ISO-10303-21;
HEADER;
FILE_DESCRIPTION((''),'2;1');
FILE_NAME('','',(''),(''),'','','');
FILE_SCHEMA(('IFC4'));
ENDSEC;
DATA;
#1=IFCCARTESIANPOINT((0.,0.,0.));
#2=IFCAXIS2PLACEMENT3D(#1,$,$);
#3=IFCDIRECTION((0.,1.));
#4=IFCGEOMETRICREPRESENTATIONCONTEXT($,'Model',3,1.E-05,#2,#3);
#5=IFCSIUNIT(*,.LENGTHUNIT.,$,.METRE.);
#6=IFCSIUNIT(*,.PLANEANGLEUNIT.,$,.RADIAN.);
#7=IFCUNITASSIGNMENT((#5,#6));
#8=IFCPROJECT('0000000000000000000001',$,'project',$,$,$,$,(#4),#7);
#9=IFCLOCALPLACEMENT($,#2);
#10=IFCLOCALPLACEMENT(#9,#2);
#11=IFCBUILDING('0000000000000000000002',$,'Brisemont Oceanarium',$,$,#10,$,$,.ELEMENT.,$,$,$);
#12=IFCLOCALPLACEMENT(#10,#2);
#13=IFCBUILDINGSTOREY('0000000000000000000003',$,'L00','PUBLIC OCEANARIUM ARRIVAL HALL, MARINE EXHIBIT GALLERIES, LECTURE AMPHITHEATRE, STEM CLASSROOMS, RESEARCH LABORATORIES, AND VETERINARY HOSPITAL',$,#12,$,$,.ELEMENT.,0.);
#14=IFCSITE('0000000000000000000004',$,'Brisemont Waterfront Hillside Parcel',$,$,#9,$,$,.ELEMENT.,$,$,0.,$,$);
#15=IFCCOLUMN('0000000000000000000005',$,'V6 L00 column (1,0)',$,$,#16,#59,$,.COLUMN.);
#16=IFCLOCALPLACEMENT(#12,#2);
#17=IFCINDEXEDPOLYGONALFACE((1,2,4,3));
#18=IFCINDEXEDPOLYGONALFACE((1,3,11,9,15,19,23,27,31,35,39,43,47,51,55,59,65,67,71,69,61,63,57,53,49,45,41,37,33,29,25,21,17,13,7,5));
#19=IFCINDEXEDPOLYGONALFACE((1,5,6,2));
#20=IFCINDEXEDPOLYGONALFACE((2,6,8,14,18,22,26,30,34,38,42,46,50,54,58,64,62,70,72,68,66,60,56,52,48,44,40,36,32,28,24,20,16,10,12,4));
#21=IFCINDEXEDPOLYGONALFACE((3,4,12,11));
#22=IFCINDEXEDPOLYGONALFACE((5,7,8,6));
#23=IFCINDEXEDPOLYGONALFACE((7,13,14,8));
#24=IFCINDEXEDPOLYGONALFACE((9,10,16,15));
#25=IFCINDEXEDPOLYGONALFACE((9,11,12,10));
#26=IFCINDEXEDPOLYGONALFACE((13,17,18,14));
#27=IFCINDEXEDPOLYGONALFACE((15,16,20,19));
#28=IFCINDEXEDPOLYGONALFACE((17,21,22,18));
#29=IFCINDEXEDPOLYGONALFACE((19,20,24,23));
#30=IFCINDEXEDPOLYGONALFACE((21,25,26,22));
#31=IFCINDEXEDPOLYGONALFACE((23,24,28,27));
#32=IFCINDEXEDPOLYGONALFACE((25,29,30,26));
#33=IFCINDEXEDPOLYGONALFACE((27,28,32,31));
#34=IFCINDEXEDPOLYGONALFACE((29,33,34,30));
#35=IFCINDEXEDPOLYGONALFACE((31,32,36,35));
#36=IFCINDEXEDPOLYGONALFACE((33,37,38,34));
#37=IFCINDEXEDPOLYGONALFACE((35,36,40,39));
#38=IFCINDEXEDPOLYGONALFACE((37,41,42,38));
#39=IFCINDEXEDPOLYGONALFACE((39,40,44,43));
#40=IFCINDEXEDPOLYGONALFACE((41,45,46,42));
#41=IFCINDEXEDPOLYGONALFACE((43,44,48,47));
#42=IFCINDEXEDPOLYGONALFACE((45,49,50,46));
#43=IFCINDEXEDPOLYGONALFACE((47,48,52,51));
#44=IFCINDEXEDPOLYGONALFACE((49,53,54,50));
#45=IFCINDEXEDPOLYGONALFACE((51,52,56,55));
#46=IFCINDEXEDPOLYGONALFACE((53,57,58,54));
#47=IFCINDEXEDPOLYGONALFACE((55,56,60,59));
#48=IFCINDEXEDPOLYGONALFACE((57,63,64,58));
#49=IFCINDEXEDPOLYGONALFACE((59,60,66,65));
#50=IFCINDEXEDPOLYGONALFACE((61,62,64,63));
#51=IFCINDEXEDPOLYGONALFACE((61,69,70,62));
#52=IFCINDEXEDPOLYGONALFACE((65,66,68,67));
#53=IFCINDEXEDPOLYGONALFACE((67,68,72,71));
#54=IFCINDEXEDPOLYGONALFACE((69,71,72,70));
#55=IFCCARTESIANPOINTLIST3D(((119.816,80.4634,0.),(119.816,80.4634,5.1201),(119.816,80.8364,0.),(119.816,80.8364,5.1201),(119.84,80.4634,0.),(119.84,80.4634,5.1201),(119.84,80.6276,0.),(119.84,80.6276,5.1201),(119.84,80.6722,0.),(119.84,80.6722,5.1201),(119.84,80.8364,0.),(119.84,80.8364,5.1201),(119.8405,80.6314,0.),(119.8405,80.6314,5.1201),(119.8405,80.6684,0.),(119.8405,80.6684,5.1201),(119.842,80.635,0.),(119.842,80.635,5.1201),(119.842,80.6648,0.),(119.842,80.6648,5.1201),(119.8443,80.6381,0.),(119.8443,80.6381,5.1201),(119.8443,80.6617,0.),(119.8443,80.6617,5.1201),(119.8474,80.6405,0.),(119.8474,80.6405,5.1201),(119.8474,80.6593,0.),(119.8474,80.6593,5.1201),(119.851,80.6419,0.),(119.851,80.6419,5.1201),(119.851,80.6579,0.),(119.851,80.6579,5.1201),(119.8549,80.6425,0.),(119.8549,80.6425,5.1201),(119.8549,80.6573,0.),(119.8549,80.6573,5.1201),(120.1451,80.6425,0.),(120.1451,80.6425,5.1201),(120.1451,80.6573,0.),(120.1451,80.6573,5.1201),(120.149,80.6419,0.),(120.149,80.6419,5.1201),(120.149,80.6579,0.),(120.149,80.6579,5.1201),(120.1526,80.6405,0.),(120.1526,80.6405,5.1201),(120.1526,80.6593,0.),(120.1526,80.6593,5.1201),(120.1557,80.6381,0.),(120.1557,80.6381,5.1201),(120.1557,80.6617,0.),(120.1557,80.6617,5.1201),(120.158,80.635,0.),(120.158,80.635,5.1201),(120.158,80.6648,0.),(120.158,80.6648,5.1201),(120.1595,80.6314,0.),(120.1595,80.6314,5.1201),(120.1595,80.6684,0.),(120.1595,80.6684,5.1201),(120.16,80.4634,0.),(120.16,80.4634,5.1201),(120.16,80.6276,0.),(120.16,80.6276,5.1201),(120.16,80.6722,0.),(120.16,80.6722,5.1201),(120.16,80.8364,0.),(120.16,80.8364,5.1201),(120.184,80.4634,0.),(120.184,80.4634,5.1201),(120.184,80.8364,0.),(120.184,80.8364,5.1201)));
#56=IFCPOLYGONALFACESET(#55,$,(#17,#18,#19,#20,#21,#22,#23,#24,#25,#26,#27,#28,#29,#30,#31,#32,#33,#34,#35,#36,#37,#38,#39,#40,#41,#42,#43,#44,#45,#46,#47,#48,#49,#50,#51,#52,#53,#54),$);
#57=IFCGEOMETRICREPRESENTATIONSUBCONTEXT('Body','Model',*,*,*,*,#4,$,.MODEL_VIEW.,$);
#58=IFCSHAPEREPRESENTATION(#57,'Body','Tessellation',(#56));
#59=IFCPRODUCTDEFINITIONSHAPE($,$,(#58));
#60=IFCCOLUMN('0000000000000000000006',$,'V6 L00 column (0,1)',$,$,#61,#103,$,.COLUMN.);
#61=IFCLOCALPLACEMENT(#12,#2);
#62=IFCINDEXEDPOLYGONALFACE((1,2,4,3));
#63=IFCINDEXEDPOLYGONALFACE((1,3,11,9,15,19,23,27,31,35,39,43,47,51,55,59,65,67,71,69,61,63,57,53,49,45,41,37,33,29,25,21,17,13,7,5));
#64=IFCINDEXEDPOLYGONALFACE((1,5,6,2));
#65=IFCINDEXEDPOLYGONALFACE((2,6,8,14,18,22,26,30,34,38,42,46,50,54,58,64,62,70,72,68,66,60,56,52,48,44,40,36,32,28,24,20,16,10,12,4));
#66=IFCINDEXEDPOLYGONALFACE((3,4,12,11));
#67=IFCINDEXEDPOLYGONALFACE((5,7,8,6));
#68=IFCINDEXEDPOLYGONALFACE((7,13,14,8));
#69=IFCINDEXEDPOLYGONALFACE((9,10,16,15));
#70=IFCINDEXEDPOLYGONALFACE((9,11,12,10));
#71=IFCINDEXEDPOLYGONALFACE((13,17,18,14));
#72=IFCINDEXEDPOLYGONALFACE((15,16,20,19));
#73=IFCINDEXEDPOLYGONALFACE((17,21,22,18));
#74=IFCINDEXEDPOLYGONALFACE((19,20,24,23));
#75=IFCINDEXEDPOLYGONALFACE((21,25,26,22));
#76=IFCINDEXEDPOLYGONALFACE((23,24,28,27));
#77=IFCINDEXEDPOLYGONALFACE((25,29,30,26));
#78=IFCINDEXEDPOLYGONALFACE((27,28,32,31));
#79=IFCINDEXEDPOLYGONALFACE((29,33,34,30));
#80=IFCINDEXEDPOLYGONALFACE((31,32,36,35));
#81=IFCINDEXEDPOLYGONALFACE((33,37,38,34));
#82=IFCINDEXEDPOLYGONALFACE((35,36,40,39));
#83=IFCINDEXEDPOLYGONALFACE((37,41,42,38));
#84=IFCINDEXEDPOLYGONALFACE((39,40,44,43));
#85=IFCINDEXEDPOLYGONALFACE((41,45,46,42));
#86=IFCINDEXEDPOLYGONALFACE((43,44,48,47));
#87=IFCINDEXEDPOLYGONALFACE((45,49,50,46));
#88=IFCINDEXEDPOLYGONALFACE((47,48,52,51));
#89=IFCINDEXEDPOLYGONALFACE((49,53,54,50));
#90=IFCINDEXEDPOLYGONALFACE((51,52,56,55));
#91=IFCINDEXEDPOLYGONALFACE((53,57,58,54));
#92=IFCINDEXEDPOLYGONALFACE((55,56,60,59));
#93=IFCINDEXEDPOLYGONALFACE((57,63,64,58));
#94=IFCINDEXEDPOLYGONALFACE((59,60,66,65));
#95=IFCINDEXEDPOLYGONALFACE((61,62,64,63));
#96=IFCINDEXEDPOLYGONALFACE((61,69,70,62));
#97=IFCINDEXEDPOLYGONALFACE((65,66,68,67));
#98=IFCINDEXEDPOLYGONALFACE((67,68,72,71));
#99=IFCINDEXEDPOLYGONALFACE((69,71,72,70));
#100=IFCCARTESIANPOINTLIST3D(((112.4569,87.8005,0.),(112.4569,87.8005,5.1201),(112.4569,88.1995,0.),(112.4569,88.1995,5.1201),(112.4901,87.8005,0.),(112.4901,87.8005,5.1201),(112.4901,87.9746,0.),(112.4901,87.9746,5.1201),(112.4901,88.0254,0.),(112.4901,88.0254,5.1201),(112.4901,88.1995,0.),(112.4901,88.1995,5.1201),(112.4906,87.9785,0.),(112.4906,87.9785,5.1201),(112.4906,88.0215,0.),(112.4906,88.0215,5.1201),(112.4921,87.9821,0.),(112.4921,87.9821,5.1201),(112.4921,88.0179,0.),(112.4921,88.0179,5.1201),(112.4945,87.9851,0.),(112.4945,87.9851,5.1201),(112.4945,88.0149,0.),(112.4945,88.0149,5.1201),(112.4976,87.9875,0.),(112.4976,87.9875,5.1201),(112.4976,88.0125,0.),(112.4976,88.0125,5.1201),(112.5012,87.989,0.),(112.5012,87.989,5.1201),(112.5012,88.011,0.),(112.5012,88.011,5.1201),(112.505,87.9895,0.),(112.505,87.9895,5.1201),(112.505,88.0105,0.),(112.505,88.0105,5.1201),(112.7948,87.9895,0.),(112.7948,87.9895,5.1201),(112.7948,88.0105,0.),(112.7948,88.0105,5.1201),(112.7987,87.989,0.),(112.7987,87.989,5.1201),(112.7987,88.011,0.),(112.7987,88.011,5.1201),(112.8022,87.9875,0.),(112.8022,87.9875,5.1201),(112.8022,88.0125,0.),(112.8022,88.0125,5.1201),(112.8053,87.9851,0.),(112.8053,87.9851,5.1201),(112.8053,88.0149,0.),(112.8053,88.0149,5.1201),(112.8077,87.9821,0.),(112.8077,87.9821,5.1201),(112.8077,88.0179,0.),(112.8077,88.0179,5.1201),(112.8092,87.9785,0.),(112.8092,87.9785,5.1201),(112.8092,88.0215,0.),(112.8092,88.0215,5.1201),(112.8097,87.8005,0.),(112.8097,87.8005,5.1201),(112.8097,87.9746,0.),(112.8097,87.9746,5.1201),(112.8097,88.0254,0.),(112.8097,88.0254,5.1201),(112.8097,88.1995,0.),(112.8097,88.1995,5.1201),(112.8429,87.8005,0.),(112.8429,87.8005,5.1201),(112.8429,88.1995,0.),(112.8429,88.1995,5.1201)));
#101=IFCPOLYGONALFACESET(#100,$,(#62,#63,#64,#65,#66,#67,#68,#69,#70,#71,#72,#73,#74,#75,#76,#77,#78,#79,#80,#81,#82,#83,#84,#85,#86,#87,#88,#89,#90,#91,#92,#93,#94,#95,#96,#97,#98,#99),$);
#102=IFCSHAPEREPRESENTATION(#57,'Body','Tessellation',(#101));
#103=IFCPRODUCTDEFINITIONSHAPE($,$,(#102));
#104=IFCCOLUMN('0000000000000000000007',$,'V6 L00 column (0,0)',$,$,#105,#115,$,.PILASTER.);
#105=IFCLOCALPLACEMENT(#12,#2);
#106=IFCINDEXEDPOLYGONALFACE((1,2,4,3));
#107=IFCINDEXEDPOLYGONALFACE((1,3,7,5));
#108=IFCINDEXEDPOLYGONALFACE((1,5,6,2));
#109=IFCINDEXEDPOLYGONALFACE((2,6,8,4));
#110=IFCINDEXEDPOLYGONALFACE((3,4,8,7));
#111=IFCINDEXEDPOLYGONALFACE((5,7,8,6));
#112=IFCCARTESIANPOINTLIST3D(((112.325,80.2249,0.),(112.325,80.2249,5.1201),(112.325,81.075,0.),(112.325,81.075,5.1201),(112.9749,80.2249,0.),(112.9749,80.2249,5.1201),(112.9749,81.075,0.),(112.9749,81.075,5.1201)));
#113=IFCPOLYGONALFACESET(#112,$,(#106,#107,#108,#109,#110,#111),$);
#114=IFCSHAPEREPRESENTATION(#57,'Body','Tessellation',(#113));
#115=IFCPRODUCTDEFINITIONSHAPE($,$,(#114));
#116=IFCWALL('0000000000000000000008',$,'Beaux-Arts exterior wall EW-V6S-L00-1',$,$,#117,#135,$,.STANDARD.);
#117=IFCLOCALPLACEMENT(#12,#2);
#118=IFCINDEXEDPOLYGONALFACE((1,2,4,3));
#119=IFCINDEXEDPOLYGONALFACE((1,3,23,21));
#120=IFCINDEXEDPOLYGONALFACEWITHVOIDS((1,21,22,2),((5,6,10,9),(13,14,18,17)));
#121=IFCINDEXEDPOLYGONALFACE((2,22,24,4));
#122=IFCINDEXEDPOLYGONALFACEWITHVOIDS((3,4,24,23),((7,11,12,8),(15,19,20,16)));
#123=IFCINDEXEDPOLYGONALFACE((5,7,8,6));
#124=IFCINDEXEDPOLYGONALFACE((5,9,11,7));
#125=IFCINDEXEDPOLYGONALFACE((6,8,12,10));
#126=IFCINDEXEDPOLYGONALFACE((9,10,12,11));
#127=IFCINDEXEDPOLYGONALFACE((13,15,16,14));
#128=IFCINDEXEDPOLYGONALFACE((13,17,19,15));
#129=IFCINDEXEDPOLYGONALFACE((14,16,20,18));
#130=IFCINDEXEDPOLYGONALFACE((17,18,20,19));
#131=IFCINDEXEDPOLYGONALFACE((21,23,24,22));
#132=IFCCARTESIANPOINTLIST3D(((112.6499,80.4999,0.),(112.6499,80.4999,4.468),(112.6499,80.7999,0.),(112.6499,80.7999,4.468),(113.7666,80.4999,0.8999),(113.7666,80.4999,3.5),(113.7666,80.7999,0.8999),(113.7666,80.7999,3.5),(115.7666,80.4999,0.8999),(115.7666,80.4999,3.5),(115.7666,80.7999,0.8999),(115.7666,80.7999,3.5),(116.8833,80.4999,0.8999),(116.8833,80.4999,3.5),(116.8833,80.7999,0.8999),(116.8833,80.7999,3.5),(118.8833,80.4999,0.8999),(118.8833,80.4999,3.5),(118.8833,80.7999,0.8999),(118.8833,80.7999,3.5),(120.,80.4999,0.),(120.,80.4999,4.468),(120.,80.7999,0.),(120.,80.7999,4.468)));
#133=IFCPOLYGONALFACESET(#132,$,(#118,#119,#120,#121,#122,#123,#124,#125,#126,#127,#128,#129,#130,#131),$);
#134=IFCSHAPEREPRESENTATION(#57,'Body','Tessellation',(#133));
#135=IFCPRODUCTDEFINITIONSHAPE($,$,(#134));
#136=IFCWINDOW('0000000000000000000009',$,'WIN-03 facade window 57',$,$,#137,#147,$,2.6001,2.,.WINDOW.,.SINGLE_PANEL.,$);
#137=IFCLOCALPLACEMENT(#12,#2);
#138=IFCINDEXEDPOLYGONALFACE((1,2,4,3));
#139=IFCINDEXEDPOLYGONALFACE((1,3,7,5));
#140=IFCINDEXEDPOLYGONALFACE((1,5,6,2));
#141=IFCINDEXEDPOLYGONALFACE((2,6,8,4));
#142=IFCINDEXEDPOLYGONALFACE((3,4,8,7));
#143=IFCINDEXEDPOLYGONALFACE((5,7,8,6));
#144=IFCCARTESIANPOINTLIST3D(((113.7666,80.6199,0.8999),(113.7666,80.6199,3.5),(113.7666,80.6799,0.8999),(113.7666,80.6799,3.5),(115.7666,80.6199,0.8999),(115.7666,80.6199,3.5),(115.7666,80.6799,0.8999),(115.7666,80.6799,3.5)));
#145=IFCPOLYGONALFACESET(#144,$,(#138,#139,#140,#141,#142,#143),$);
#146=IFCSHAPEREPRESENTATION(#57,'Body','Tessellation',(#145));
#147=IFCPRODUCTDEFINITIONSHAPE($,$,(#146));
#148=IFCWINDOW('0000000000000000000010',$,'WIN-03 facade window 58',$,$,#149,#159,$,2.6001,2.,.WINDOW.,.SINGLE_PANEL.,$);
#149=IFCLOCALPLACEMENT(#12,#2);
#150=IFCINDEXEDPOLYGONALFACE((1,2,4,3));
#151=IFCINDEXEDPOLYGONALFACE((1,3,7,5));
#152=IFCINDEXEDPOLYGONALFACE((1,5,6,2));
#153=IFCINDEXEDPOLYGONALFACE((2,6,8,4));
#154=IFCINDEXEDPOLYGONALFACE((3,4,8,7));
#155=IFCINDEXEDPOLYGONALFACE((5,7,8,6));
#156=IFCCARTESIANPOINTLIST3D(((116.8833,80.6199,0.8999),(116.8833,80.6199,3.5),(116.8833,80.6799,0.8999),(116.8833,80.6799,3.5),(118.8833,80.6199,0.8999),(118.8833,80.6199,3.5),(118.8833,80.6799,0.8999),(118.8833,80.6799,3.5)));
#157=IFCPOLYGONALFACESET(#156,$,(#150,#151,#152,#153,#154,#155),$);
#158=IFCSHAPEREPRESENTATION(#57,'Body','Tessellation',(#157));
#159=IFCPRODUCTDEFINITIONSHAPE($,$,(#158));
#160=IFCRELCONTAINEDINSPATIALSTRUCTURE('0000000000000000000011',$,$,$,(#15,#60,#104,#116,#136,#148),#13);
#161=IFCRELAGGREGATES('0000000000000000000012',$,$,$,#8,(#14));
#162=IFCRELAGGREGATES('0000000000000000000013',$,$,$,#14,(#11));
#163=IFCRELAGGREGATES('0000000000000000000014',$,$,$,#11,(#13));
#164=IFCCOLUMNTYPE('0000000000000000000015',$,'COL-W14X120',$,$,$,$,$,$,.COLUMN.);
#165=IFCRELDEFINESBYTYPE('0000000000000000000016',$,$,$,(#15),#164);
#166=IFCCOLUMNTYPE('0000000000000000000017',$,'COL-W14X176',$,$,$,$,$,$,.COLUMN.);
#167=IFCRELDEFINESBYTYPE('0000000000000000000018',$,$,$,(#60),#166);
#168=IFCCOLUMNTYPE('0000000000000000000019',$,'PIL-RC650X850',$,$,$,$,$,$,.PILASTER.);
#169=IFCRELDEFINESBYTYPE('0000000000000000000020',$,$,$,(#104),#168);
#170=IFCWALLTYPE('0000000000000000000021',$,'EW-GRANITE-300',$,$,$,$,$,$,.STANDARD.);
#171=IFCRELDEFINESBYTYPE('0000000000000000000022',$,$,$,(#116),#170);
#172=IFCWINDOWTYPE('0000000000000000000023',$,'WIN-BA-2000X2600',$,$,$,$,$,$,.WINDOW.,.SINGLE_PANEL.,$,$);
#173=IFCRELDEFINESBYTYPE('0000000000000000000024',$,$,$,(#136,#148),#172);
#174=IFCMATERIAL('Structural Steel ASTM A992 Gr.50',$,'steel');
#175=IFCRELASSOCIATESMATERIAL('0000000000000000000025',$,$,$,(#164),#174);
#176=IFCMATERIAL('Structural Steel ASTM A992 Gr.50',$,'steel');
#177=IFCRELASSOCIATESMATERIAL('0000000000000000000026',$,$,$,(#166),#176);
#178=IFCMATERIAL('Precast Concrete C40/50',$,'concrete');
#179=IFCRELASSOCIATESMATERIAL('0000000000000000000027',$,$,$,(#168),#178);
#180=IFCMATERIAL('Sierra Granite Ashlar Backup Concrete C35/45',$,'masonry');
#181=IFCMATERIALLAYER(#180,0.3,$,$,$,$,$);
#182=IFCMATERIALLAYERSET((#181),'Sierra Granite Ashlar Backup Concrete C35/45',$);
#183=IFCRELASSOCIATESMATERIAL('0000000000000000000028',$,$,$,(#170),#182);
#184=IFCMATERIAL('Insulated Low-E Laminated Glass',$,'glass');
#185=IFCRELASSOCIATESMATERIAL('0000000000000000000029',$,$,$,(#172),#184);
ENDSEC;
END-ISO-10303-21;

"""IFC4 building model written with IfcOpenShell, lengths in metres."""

from ifc_helpers import new_model, si_unit, direction, frame, frame_2d, origin, origin_2d, place, context, subcontext, project, spatial, rectangle, i_section, extrude, material, layer, layer_set, material_profile, profile_set, type_object, element, fill, save


model = new_model("IFC4")

# Units and contexts
model_context = context("Model", 3, precision=1e-05, world=origin(), true_north=direction((0.0, 1.0)))
body_context = subcontext(model_context, "Body", "Model", "MODEL_VIEW")
ifc_project = project(units=[si_unit("LENGTHUNIT", "METRE"), si_unit("PLANEANGLEUNIT", "RADIAN")], contexts=[model_context])

# Site, building, storey
site_placement = place(None, origin())
site = spatial("IfcSite", under=ifc_project, at=site_placement, Name="Brisemont Waterfront Hillside Parcel", CompositionType="ELEMENT", RefElevation=0.0)
building_placement = place(site_placement, origin())
building = spatial("IfcBuilding", under=site, at=building_placement, Name="Brisemont Oceanarium", CompositionType="ELEMENT")
storey_placement = place(building_placement, origin())
storey = spatial("IfcBuildingStorey", under=building, at=storey_placement, Name="L00", Description="PUBLIC OCEANARIUM ARRIVAL HALL, MARINE EXHIBIT GALLERIES, LECTURE AMPHITHEATRE, STEM CLASSROOMS, RESEARCH LABORATORIES, AND VETERINARY HOSPITAL", CompositionType="ELEMENT", Elevation=0.0)

# Columns
ifc_material_1 = material(Name="Structural Steel ASTM A992 Gr.50", Category="steel")
ifc_material_profile_1 = material_profile(ifc_material_1, i_section(OverallWidth=0.373, OverallDepth=0.3679, WebThickness=0.0149, FlangeThickness=0.0239, FilletRadius=0.0149, at=origin_2d()), Name="W14X120")
ifc_profile_set_1 = profile_set([ifc_material_profile_1], Name="Structural Steel ASTM A992 Gr.50")
column_type_1 = type_object("IfcColumnType", Name="COL-W14X120", PredefinedType="COLUMN", material=ifc_profile_set_1)
column_1_placement = place(storey_placement, frame((120.0, 80.6499, 0.0), z_axis=(0.0, 0.0, 1.0), x_axis=(0.0, 1.0, 0.0)))
element("IfcColumn", 1, at=column_1_placement, inside=storey, type_object=column_type_1, Name="V6 L00 column (1,0)", PredefinedType="COLUMN", context=body_context, shape_type="SweptSolid", body=[
    extrude(i_section(OverallWidth=0.373, OverallDepth=0.3679, WebThickness=0.0149, FlangeThickness=0.0239, FilletRadius=0.0149, at=origin_2d()), origin(), (0.0, 0.0, 1.0), 5.1201),
])
ifc_material_2 = material(Name="Structural Steel ASTM A992 Gr.50", Category="steel")
ifc_material_profile_2 = material_profile(ifc_material_2, i_section(OverallWidth=0.3989, OverallDepth=0.386, WebThickness=0.021, FlangeThickness=0.0332, FilletRadius=0.0149, at=origin_2d()), Name="W14X176")
ifc_profile_set_2 = profile_set([ifc_material_profile_2], Name="Structural Steel ASTM A992 Gr.50")
column_type_2 = type_object("IfcColumnType", Name="COL-W14X176", PredefinedType="COLUMN", material=ifc_profile_set_2)
column_2_placement = place(storey_placement, frame((112.6499, 88.0, 0.0), z_axis=(0.0, 0.0, 1.0), x_axis=(0.0, 1.0, 0.0)))
element("IfcColumn", 2, at=column_2_placement, inside=storey, type_object=column_type_2, Name="V6 L00 column (0,1)", PredefinedType="COLUMN", context=body_context, shape_type="SweptSolid", body=[
    extrude(i_section(OverallWidth=0.3989, OverallDepth=0.386, WebThickness=0.021, FlangeThickness=0.0332, FilletRadius=0.0149, at=origin_2d()), origin(), (0.0, 0.0, 1.0), 5.1201),
])
ifc_material_3 = material(Name="Precast Concrete C40/50", Category="concrete")
ifc_material_profile_3 = material_profile(ifc_material_3, rectangle(XDim=0.6499, YDim=0.8501, at=origin_2d()), Name="RC-PIL-650X850")
ifc_profile_set_3 = profile_set([ifc_material_profile_3], Name="Precast Concrete C40/50")
column_type_3 = type_object("IfcColumnType", Name="PIL-RC650X850", PredefinedType="PILASTER", material=ifc_profile_set_3)
column_3_placement = place(storey_placement, frame((112.6499, 80.6499, 0.0), z_axis=(0.0, 0.0, 1.0), x_axis=(1.0, 0.0, 0.0)))
element("IfcColumn", 3, at=column_3_placement, inside=storey, type_object=column_type_3, Name="V6 L00 column (0,0)", PredefinedType="PILASTER", context=body_context, shape_type="SweptSolid", body=[
    extrude(rectangle(XDim=0.6499, YDim=0.8501, at=origin_2d()), origin(), (0.0, 0.0, 1.0), 5.1201),
])

# Wall, openings, windows
ifc_material_4 = material(Name="Sierra Granite Ashlar Backup Concrete C35/45", Category="masonry")
ifc_layer_1 = layer(ifc_material_4, 0.3)
ifc_layer_set_1 = layer_set([ifc_layer_1], Name="Sierra Granite Ashlar Backup Concrete C35/45")
wall_type_1 = type_object("IfcWallType", Name="EW-GRANITE-300", PredefinedType="STANDARD", material=ifc_layer_set_1)
wall_1_placement = place(storey_placement, frame((112.6499, 80.6499, 0.0), z_axis=(0.0, 0.0, 1.0), x_axis=(1.0, 0.0, 0.0)))
wall_1 = element("IfcWall", 4, at=wall_1_placement, inside=storey, type_object=wall_type_1, Name="Beaux-Arts exterior wall EW-V6S-L00-1", PredefinedType="STANDARD", context=body_context, shape_type="SweptSolid", body=[
    extrude(rectangle(XDim=7.3501, YDim=0.3, at=frame_2d((3.675, 0.0))), origin(), (0.0, 0.0, 1.0), 4.468),
])
opening_1_placement = place(wall_1_placement, frame((1.1167, 0.0, 0.8999)))
opening_1 = element("IfcOpeningElement", 5, at=opening_1_placement, cuts=wall_1, PredefinedType="OPENING", context=body_context, shape_type="SweptSolid", body=[
    extrude(rectangle(XDim=2.0, YDim=2.6001, at=frame_2d((1.0, 1.3))), frame((0.0, 0.1599, 0.0), z_axis=(0.0, -1.0, 0.0), x_axis=(1.0, 0.0, 0.0)), (0.0, 0.0, 1.0), 0.3201),
])
opening_2_placement = place(wall_1_placement, frame((4.2334, 0.0, 0.8999)))
opening_2 = element("IfcOpeningElement", 6, at=opening_2_placement, cuts=wall_1, PredefinedType="OPENING", context=body_context, shape_type="SweptSolid", body=[
    extrude(rectangle(XDim=2.0, YDim=2.6001, at=frame_2d((1.0, 1.3))), frame((0.0, 0.1599, 0.0), z_axis=(0.0, -1.0, 0.0), x_axis=(1.0, 0.0, 0.0)), (0.0, 0.0, 1.0), 0.3201),
])
ifc_material_5 = material(Name="Insulated Low-E Laminated Glass", Category="glass")
window_type = type_object("IfcWindowType", Name="WIN-BA-2000X2600", PartitioningType="SINGLE_PANEL", PredefinedType="WINDOW", material=ifc_material_5)
window_1_placement = place(opening_1_placement, origin())
window_1 = element("IfcWindow", 7, at=window_1_placement, inside=storey, type_object=window_type, Name="WIN-03 facade window 57", OverallHeight=2.6001, OverallWidth=2.0, PartitioningType="SINGLE_PANEL", PredefinedType="WINDOW", context=body_context, shape_type="SweptSolid", body=[
    extrude(rectangle(XDim=2.0, YDim=2.6001, at=frame_2d((1.0, 1.3))), frame((0.0, 0.03, 0.0), z_axis=(0.0, -1.0, 0.0), x_axis=(1.0, 0.0, 0.0)), (0.0, 0.0, 1.0), 0.0601),
])
fill(opening_1, window_1)
window_2_placement = place(opening_2_placement, origin())
window_2 = element("IfcWindow", 8, at=window_2_placement, inside=storey, type_object=window_type, Name="WIN-03 facade window 58", OverallHeight=2.6001, OverallWidth=2.0, PartitioningType="SINGLE_PANEL", PredefinedType="WINDOW", context=body_context, shape_type="SweptSolid", body=[
    extrude(rectangle(XDim=2.0, YDim=2.6001, at=frame_2d((1.0, 1.3))), frame((0.0, 0.03, 0.0), z_axis=(0.0, -1.0, 0.0), x_axis=(1.0, 0.0, 0.0)), (0.0, 0.0, 1.0), 0.0601),
])
fill(opening_2, window_2)

save(model, "model.ifc")
